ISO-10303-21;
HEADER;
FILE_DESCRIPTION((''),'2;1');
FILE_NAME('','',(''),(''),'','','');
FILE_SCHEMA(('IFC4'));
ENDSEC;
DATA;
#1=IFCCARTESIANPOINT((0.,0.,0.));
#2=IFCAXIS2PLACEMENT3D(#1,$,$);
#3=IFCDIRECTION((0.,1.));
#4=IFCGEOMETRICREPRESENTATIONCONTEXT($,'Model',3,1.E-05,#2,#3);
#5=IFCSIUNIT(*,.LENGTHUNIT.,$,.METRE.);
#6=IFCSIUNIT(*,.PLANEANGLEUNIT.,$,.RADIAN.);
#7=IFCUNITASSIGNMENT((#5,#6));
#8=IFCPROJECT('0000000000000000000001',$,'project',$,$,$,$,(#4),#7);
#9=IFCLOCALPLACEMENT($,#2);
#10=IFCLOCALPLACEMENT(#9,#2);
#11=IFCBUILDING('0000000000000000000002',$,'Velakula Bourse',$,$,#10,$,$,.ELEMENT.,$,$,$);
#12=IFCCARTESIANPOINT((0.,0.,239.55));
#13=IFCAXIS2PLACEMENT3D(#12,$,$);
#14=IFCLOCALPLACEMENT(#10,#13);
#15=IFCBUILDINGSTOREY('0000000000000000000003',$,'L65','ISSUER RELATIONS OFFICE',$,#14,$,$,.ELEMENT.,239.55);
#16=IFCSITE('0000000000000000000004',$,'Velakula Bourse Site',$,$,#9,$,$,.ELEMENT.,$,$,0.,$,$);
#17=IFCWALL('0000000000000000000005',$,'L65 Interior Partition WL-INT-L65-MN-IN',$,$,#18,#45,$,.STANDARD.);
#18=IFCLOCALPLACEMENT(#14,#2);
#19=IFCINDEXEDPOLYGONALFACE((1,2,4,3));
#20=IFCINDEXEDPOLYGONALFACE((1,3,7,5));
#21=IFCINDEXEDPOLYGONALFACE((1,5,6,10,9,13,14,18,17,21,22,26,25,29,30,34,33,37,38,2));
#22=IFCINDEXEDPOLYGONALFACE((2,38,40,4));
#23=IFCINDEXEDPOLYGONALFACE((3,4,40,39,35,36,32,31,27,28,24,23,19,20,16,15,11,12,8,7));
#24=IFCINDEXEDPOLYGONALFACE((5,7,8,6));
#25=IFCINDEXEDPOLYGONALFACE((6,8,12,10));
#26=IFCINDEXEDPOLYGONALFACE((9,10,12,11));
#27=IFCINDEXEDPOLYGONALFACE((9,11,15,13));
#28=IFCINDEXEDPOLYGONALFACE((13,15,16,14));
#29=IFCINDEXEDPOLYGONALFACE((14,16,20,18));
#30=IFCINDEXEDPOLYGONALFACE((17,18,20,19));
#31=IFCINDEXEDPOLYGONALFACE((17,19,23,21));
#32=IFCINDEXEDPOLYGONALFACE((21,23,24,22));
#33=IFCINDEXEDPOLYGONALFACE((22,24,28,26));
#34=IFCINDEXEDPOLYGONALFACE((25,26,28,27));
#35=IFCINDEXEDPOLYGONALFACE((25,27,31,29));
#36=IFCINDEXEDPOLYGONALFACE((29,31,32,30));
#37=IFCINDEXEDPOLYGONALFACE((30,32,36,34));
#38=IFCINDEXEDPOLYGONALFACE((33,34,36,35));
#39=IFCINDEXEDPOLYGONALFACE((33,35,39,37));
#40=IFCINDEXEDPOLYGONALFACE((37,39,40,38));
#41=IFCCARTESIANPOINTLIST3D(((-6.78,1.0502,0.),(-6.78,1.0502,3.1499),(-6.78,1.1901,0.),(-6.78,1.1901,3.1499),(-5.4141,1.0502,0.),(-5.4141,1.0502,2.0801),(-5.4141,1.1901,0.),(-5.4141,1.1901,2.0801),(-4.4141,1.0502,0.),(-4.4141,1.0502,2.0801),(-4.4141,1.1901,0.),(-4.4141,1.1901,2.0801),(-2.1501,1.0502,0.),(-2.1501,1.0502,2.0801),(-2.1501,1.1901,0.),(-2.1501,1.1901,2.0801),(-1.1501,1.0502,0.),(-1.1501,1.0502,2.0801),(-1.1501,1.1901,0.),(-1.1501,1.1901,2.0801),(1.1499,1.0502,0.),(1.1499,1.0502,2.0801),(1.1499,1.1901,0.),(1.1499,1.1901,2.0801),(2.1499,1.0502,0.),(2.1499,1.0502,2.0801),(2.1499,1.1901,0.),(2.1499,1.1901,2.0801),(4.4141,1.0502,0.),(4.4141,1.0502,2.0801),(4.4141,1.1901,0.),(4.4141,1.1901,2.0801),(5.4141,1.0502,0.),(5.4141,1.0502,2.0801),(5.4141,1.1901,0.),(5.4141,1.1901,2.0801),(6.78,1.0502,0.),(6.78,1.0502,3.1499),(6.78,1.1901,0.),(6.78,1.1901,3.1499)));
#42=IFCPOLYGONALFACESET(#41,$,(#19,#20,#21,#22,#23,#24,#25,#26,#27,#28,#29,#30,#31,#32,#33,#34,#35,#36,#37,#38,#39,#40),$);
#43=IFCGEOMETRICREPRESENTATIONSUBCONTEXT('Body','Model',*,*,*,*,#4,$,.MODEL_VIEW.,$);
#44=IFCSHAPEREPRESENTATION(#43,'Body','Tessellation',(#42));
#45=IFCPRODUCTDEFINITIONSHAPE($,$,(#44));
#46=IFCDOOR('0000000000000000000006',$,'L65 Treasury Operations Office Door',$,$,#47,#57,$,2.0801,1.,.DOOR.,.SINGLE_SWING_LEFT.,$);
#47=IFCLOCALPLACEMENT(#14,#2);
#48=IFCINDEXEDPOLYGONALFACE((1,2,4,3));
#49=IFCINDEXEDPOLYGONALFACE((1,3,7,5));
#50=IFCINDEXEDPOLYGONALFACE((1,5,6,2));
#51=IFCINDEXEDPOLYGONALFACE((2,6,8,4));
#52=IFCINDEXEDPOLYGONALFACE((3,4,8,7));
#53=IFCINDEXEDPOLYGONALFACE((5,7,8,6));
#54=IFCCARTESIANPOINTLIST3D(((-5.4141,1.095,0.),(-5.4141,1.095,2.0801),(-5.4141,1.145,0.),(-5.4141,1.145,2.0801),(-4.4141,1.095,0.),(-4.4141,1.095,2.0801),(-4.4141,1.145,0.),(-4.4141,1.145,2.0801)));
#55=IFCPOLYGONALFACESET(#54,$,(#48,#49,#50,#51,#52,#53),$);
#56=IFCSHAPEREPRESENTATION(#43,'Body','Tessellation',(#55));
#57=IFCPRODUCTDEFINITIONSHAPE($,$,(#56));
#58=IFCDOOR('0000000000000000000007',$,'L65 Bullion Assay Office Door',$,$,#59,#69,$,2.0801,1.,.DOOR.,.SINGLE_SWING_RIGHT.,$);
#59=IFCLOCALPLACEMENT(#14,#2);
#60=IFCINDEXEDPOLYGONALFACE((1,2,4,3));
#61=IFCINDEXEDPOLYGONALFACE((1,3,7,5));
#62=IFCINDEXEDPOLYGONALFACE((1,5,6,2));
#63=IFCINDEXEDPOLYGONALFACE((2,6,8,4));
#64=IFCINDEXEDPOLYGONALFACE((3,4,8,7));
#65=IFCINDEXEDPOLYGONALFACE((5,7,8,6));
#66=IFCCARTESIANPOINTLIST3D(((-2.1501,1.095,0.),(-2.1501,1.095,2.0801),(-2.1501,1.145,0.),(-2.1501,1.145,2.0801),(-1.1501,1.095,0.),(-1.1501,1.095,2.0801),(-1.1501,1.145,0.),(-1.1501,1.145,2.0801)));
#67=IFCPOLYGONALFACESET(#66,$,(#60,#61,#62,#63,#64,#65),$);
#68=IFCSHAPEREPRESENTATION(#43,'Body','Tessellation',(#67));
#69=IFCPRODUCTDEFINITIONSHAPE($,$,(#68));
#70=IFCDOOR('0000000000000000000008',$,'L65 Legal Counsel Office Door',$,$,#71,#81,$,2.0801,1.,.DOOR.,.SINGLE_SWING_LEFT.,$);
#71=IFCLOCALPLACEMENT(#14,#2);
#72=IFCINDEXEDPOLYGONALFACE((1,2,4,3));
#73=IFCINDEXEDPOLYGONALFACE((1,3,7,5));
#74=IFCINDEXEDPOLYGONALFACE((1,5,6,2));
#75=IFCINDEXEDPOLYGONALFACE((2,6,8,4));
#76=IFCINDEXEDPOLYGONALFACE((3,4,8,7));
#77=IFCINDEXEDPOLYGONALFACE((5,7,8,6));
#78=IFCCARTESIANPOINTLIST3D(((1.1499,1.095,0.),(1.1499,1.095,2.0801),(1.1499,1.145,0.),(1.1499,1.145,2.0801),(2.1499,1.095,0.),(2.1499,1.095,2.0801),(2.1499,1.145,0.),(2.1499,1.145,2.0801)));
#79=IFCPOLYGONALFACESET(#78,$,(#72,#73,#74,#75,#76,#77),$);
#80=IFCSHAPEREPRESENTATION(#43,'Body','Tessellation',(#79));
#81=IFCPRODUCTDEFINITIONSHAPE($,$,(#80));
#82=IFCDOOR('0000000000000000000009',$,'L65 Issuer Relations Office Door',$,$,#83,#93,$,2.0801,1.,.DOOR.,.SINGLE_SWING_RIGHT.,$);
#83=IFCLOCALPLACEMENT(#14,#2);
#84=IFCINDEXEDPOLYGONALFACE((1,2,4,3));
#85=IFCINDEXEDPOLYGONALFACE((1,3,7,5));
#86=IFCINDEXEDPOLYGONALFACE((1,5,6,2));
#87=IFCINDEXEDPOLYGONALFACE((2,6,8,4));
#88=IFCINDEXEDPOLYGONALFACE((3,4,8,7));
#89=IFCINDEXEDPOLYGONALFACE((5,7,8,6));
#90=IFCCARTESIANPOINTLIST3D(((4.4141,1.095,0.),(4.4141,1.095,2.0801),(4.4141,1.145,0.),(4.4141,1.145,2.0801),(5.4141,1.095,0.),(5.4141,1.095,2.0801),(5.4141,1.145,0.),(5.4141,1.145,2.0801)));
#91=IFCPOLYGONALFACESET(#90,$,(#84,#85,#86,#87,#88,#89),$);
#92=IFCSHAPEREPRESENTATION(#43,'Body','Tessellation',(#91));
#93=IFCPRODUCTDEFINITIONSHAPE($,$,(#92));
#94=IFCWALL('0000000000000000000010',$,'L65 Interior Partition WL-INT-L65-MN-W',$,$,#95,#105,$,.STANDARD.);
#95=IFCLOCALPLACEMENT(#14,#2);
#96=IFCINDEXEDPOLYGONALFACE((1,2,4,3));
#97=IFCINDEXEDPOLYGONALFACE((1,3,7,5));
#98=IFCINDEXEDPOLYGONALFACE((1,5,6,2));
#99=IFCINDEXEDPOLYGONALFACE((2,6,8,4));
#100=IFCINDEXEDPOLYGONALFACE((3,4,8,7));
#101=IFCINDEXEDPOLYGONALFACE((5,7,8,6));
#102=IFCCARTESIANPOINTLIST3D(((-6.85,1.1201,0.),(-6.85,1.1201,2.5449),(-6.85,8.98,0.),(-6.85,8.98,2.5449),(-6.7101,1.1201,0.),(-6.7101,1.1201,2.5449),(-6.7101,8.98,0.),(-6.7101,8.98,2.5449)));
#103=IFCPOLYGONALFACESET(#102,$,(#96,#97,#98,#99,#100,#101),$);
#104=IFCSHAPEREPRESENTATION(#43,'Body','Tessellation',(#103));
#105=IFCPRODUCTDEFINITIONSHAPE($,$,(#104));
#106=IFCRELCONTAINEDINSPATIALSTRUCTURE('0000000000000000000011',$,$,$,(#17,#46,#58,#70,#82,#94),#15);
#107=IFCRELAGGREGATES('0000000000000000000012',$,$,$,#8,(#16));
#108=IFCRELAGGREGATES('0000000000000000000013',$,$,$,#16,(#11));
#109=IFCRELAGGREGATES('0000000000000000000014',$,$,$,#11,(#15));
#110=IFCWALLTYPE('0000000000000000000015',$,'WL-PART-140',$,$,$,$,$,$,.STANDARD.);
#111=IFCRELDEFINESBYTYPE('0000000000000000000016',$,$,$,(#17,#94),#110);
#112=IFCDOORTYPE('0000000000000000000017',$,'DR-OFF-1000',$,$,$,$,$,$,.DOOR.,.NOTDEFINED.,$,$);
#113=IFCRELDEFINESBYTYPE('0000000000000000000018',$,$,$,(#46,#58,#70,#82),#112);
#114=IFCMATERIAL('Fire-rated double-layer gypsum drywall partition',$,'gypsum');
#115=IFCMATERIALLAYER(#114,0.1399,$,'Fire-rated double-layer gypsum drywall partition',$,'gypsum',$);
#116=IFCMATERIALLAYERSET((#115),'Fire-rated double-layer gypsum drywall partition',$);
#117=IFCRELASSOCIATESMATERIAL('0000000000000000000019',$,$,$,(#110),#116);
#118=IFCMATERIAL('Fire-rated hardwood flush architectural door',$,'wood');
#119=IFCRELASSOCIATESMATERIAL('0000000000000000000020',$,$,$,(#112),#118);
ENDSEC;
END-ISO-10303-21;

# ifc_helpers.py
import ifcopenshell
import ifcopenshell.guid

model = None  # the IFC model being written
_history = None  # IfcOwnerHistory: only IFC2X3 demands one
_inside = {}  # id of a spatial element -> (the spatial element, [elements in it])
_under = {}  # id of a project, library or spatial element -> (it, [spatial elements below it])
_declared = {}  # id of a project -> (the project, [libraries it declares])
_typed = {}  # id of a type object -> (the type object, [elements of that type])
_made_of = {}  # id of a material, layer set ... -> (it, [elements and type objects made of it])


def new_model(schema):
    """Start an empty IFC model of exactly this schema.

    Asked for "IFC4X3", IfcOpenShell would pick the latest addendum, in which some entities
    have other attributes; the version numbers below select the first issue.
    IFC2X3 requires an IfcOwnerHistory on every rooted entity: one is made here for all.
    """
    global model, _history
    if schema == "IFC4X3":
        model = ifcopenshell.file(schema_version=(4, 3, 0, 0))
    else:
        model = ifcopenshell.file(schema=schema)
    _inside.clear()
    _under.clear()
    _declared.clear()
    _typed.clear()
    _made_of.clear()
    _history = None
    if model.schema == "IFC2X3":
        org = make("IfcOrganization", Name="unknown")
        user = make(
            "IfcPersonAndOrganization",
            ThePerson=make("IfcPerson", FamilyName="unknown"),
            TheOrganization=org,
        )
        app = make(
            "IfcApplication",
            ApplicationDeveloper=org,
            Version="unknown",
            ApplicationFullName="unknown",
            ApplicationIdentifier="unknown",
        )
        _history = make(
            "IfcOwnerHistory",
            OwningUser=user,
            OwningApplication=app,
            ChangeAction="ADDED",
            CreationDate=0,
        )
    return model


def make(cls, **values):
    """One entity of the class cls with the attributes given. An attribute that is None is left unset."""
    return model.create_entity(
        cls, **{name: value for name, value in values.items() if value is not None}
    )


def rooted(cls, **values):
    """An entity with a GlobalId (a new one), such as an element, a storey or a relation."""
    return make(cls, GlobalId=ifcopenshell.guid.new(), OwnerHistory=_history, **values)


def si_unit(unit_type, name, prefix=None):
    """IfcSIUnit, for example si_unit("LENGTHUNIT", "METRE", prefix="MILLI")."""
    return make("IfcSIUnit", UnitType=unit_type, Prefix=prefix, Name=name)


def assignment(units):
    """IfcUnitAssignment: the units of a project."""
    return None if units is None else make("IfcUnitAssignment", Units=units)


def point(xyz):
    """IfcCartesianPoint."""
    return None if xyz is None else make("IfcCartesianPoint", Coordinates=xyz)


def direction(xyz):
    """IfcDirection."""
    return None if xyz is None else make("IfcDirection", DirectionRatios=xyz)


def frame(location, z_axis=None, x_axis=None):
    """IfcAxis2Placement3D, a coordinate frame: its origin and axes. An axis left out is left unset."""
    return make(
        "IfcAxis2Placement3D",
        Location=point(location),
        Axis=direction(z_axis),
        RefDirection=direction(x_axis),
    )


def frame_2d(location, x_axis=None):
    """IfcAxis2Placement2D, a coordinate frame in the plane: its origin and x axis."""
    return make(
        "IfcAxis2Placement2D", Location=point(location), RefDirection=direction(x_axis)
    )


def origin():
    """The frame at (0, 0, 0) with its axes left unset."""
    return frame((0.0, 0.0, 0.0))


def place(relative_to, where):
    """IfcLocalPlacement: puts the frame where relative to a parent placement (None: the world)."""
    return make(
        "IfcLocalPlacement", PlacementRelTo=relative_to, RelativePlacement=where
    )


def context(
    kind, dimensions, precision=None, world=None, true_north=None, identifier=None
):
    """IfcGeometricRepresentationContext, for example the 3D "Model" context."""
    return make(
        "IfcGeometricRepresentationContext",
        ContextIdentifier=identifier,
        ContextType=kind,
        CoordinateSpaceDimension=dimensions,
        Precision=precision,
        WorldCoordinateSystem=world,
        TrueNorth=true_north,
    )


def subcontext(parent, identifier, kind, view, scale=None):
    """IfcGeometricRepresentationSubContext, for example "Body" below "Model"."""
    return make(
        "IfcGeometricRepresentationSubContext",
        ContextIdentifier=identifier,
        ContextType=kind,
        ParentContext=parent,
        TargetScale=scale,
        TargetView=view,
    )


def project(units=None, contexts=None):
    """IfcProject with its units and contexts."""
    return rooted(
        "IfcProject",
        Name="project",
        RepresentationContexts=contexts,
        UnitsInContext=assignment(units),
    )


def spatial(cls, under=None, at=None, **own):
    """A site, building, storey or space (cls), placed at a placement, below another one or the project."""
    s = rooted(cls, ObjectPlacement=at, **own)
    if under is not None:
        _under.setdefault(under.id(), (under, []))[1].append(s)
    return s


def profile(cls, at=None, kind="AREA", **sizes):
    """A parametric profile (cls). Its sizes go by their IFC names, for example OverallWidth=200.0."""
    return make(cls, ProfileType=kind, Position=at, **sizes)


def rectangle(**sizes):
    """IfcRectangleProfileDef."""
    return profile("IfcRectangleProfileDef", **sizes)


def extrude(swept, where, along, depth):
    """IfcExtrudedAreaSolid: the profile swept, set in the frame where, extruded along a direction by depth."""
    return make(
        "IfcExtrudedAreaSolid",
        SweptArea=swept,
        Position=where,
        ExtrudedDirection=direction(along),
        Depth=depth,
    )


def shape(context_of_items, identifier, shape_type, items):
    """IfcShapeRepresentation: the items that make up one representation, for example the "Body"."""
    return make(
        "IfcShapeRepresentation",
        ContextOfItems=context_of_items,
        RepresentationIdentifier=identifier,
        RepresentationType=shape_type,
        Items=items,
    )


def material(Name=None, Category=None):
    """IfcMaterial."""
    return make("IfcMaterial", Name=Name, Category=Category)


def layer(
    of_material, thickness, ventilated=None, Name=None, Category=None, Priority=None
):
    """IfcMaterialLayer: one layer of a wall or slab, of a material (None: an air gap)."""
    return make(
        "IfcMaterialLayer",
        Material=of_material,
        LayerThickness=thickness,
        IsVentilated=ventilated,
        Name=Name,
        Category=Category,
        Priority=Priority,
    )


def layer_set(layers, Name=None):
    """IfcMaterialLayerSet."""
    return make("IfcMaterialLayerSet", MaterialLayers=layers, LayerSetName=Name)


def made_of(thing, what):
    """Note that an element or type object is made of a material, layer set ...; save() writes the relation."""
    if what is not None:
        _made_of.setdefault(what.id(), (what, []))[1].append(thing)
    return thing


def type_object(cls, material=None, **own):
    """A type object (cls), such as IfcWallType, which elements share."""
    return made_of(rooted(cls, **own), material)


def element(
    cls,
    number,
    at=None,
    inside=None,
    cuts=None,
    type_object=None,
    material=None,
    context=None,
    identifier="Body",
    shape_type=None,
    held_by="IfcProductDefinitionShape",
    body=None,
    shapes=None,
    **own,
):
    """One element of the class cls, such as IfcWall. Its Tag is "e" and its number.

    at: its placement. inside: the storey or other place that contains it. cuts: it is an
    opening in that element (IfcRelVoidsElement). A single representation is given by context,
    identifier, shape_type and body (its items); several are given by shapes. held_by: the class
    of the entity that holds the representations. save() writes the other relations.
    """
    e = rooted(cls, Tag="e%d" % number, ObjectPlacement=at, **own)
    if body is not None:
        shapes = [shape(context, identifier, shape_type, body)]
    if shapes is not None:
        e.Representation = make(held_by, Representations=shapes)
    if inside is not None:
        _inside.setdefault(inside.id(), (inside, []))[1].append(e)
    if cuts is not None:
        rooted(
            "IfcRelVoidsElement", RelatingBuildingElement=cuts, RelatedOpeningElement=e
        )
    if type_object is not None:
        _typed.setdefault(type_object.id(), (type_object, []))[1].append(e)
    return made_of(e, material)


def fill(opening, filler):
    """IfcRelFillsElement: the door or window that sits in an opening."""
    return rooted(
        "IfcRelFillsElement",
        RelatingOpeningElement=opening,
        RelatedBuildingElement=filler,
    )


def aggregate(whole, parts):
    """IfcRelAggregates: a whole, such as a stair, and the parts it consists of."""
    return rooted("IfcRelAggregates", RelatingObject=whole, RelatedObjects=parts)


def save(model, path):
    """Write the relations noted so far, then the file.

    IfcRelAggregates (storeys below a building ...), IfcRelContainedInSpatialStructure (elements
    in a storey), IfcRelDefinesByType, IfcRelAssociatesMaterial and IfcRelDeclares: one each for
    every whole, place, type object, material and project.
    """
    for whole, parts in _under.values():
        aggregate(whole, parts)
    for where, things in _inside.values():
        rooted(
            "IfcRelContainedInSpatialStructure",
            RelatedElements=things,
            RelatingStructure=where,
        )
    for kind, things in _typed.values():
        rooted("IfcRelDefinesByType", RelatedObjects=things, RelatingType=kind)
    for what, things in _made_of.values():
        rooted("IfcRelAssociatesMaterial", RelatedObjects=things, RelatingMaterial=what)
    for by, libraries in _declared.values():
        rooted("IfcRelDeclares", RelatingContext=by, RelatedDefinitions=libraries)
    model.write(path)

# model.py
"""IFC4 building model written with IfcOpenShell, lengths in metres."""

from ifc_helpers import new_model, si_unit, direction, frame, frame_2d, origin, place, context, subcontext, project, spatial, rectangle, extrude, material, layer, layer_set, type_object, element, fill, save


model = new_model("IFC4")

# Units and contexts
model_context = context("Model", 3, precision=1e-05, world=origin(), true_north=direction((0.0, 1.0)))
body_context = subcontext(model_context, "Body", "Model", "MODEL_VIEW")
ifc_project = project(units=[si_unit("LENGTHUNIT", "METRE"), si_unit("PLANEANGLEUNIT", "RADIAN")], contexts=[model_context])

# Site, building, storey
site_placement = place(None, origin())
site = spatial("IfcSite", under=ifc_project, at=site_placement, Name="Velakula Bourse Site", CompositionType="ELEMENT", RefElevation=0.0)
building_placement = place(site_placement, origin())
building = spatial("IfcBuilding", under=site, at=building_placement, Name="Velakula Bourse", CompositionType="ELEMENT")
storey_placement = place(building_placement, frame((0.0, 0.0, 239.55)))
storey = spatial("IfcBuildingStorey", under=building, at=storey_placement, Name="L65", Description="ISSUER RELATIONS OFFICE", CompositionType="ELEMENT", Elevation=239.55)

# Shared definitions
ifc_material_1 = material(Name="Fire-rated double-layer gypsum drywall partition", Category="gypsum")

# Wall, openings, doors
ifc_layer_1 = layer(ifc_material_1, 0.1399, Name="Fire-rated double-layer gypsum drywall partition", Category="gypsum")
ifc_layer_set_1 = layer_set([ifc_layer_1], Name="Fire-rated double-layer gypsum drywall partition")
wall_type_1 = type_object("IfcWallType", Name="WL-PART-140", PredefinedType="STANDARD", material=ifc_layer_set_1)
wall_1_placement = place(storey_placement, frame((-6.78, 1.1201, 0.0), z_axis=(0.0, 0.0, 1.0), x_axis=(1.0, 0.0, 0.0)))
wall_1 = element("IfcWall", 1, at=wall_1_placement, inside=storey, type_object=wall_type_1, Name="L65 Interior Partition WL-INT-L65-MN-IN", PredefinedType="STANDARD", context=body_context, shape_type="SweptSolid", body=[
    extrude(rectangle(XDim=13.5601, YDim=0.1399, at=frame_2d((6.78, 0.0))), origin(), (0.0, 0.0, 1.0), 3.1499),
])
opening_1_placement = place(wall_1_placement, frame((1.366, 0.0, 0.0)))
opening_1 = element("IfcOpeningElement", 2, at=opening_1_placement, cuts=wall_1, PredefinedType="OPENING", context=body_context, shape_type="SweptSolid", body=[
    extrude(rectangle(XDim=1.0, YDim=2.0801, at=frame_2d((0.5, 1.04))), frame((0.0, 0.0798, 0.0), z_axis=(0.0, -1.0, 0.0), x_axis=(1.0, 0.0, 0.0)), (0.0, 0.0, 1.0), 0.1599),
])
opening_2_placement = place(wall_1_placement, frame((4.6299, 0.0, 0.0)))
opening_2 = element("IfcOpeningElement", 3, at=opening_2_placement, cuts=wall_1, PredefinedType="OPENING", context=body_context, shape_type="SweptSolid", body=[
    extrude(rectangle(XDim=1.0, YDim=2.0801, at=frame_2d((0.5, 1.04))), frame((0.0, 0.0798, 0.0), z_axis=(0.0, -1.0, 0.0), x_axis=(1.0, 0.0, 0.0)), (0.0, 0.0, 1.0), 0.1599),
])
opening_3_placement = place(wall_1_placement, frame((7.9299, 0.0, 0.0)))
opening_3 = element("IfcOpeningElement", 4, at=opening_3_placement, cuts=wall_1, PredefinedType="OPENING", context=body_context, shape_type="SweptSolid", body=[
    extrude(rectangle(XDim=1.0, YDim=2.0801, at=frame_2d((0.5, 1.04))), frame((0.0, 0.0798, 0.0), z_axis=(0.0, -1.0, 0.0), x_axis=(1.0, 0.0, 0.0)), (0.0, 0.0, 1.0), 0.1599),
])
opening_4_placement = place(wall_1_placement, frame((11.1941, 0.0, 0.0)))
opening_4 = element("IfcOpeningElement", 5, at=opening_4_placement, cuts=wall_1, PredefinedType="OPENING", context=body_context, shape_type="SweptSolid", body=[
    extrude(rectangle(XDim=1.0, YDim=2.0801, at=frame_2d((0.5, 1.04))), frame((0.0, 0.0798, 0.0), z_axis=(0.0, -1.0, 0.0), x_axis=(1.0, 0.0, 0.0)), (0.0, 0.0, 1.0), 0.1599),
])
ifc_material_2 = material(Name="Fire-rated hardwood flush architectural door", Category="wood")
door_type = type_object("IfcDoorType", Name="DR-OFF-1000", OperationType="NOTDEFINED", PredefinedType="DOOR", material=ifc_material_2)
door_1_placement = place(opening_1_placement, origin())
door_1 = element("IfcDoor", 6, at=door_1_placement, inside=storey, type_object=door_type, Name="L65 Treasury Operations Office Door", OperationType="SINGLE_SWING_LEFT", OverallHeight=2.0801, OverallWidth=1.0, PredefinedType="DOOR", context=body_context, shape_type="SweptSolid", body=[
    extrude(rectangle(XDim=1.0, YDim=2.0801, at=frame_2d((0.5, 1.04))), frame((0.0, 0.0249, 0.0), z_axis=(0.0, -1.0, 0.0), x_axis=(1.0, 0.0, 0.0)), (0.0, 0.0, 1.0), 0.05),
])
fill(opening_1, door_1)
door_2_placement = place(opening_2_placement, origin())
door_2 = element("IfcDoor", 7, at=door_2_placement, inside=storey, type_object=door_type, Name="L65 Bullion Assay Office Door", OperationType="SINGLE_SWING_RIGHT", OverallHeight=2.0801, OverallWidth=1.0, PredefinedType="DOOR", context=body_context, shape_type="SweptSolid", body=[
    extrude(rectangle(XDim=1.0, YDim=2.0801, at=frame_2d((0.5, 1.04))), frame((0.0, 0.0249, 0.0), z_axis=(0.0, -1.0, 0.0), x_axis=(1.0, 0.0, 0.0)), (0.0, 0.0, 1.0), 0.05),
])
fill(opening_2, door_2)
door_3_placement = place(opening_3_placement, origin())
door_3 = element("IfcDoor", 8, at=door_3_placement, inside=storey, type_object=door_type, Name="L65 Legal Counsel Office Door", OperationType="SINGLE_SWING_LEFT", OverallHeight=2.0801, OverallWidth=1.0, PredefinedType="DOOR", context=body_context, shape_type="SweptSolid", body=[
    extrude(rectangle(XDim=1.0, YDim=2.0801, at=frame_2d((0.5, 1.04))), frame((0.0, 0.0249, 0.0), z_axis=(0.0, -1.0, 0.0), x_axis=(1.0, 0.0, 0.0)), (0.0, 0.0, 1.0), 0.05),
])
fill(opening_3, door_3)
door_4_placement = place(opening_4_placement, origin())
door_4 = element("IfcDoor", 9, at=door_4_placement, inside=storey, type_object=door_type, Name="L65 Issuer Relations Office Door", OperationType="SINGLE_SWING_RIGHT", OverallHeight=2.0801, OverallWidth=1.0, PredefinedType="DOOR", context=body_context, shape_type="SweptSolid", body=[
    extrude(rectangle(XDim=1.0, YDim=2.0801, at=frame_2d((0.5, 1.04))), frame((0.0, 0.0249, 0.0), z_axis=(0.0, -1.0, 0.0), x_axis=(1.0, 0.0, 0.0)), (0.0, 0.0, 1.0), 0.05),
])
fill(opening_4, door_4)

# Wall
wall_2_placement = place(storey_placement, frame((-6.78, 1.1201, 0.0), z_axis=(0.0, 0.0, 1.0), x_axis=(0.0, 1.0, 0.0)))
element("IfcWall", 10, at=wall_2_placement, inside=storey, type_object=wall_type_1, Name="L65 Interior Partition WL-INT-L65-MN-W", PredefinedType="STANDARD", context=body_context, shape_type="SweptSolid", body=[
    extrude(rectangle(XDim=7.8599, YDim=0.1399, at=frame_2d((3.9299, 0.0))), origin(), (0.0, 0.0, 1.0), 2.5449),
])

save(model, "model.ifc")
